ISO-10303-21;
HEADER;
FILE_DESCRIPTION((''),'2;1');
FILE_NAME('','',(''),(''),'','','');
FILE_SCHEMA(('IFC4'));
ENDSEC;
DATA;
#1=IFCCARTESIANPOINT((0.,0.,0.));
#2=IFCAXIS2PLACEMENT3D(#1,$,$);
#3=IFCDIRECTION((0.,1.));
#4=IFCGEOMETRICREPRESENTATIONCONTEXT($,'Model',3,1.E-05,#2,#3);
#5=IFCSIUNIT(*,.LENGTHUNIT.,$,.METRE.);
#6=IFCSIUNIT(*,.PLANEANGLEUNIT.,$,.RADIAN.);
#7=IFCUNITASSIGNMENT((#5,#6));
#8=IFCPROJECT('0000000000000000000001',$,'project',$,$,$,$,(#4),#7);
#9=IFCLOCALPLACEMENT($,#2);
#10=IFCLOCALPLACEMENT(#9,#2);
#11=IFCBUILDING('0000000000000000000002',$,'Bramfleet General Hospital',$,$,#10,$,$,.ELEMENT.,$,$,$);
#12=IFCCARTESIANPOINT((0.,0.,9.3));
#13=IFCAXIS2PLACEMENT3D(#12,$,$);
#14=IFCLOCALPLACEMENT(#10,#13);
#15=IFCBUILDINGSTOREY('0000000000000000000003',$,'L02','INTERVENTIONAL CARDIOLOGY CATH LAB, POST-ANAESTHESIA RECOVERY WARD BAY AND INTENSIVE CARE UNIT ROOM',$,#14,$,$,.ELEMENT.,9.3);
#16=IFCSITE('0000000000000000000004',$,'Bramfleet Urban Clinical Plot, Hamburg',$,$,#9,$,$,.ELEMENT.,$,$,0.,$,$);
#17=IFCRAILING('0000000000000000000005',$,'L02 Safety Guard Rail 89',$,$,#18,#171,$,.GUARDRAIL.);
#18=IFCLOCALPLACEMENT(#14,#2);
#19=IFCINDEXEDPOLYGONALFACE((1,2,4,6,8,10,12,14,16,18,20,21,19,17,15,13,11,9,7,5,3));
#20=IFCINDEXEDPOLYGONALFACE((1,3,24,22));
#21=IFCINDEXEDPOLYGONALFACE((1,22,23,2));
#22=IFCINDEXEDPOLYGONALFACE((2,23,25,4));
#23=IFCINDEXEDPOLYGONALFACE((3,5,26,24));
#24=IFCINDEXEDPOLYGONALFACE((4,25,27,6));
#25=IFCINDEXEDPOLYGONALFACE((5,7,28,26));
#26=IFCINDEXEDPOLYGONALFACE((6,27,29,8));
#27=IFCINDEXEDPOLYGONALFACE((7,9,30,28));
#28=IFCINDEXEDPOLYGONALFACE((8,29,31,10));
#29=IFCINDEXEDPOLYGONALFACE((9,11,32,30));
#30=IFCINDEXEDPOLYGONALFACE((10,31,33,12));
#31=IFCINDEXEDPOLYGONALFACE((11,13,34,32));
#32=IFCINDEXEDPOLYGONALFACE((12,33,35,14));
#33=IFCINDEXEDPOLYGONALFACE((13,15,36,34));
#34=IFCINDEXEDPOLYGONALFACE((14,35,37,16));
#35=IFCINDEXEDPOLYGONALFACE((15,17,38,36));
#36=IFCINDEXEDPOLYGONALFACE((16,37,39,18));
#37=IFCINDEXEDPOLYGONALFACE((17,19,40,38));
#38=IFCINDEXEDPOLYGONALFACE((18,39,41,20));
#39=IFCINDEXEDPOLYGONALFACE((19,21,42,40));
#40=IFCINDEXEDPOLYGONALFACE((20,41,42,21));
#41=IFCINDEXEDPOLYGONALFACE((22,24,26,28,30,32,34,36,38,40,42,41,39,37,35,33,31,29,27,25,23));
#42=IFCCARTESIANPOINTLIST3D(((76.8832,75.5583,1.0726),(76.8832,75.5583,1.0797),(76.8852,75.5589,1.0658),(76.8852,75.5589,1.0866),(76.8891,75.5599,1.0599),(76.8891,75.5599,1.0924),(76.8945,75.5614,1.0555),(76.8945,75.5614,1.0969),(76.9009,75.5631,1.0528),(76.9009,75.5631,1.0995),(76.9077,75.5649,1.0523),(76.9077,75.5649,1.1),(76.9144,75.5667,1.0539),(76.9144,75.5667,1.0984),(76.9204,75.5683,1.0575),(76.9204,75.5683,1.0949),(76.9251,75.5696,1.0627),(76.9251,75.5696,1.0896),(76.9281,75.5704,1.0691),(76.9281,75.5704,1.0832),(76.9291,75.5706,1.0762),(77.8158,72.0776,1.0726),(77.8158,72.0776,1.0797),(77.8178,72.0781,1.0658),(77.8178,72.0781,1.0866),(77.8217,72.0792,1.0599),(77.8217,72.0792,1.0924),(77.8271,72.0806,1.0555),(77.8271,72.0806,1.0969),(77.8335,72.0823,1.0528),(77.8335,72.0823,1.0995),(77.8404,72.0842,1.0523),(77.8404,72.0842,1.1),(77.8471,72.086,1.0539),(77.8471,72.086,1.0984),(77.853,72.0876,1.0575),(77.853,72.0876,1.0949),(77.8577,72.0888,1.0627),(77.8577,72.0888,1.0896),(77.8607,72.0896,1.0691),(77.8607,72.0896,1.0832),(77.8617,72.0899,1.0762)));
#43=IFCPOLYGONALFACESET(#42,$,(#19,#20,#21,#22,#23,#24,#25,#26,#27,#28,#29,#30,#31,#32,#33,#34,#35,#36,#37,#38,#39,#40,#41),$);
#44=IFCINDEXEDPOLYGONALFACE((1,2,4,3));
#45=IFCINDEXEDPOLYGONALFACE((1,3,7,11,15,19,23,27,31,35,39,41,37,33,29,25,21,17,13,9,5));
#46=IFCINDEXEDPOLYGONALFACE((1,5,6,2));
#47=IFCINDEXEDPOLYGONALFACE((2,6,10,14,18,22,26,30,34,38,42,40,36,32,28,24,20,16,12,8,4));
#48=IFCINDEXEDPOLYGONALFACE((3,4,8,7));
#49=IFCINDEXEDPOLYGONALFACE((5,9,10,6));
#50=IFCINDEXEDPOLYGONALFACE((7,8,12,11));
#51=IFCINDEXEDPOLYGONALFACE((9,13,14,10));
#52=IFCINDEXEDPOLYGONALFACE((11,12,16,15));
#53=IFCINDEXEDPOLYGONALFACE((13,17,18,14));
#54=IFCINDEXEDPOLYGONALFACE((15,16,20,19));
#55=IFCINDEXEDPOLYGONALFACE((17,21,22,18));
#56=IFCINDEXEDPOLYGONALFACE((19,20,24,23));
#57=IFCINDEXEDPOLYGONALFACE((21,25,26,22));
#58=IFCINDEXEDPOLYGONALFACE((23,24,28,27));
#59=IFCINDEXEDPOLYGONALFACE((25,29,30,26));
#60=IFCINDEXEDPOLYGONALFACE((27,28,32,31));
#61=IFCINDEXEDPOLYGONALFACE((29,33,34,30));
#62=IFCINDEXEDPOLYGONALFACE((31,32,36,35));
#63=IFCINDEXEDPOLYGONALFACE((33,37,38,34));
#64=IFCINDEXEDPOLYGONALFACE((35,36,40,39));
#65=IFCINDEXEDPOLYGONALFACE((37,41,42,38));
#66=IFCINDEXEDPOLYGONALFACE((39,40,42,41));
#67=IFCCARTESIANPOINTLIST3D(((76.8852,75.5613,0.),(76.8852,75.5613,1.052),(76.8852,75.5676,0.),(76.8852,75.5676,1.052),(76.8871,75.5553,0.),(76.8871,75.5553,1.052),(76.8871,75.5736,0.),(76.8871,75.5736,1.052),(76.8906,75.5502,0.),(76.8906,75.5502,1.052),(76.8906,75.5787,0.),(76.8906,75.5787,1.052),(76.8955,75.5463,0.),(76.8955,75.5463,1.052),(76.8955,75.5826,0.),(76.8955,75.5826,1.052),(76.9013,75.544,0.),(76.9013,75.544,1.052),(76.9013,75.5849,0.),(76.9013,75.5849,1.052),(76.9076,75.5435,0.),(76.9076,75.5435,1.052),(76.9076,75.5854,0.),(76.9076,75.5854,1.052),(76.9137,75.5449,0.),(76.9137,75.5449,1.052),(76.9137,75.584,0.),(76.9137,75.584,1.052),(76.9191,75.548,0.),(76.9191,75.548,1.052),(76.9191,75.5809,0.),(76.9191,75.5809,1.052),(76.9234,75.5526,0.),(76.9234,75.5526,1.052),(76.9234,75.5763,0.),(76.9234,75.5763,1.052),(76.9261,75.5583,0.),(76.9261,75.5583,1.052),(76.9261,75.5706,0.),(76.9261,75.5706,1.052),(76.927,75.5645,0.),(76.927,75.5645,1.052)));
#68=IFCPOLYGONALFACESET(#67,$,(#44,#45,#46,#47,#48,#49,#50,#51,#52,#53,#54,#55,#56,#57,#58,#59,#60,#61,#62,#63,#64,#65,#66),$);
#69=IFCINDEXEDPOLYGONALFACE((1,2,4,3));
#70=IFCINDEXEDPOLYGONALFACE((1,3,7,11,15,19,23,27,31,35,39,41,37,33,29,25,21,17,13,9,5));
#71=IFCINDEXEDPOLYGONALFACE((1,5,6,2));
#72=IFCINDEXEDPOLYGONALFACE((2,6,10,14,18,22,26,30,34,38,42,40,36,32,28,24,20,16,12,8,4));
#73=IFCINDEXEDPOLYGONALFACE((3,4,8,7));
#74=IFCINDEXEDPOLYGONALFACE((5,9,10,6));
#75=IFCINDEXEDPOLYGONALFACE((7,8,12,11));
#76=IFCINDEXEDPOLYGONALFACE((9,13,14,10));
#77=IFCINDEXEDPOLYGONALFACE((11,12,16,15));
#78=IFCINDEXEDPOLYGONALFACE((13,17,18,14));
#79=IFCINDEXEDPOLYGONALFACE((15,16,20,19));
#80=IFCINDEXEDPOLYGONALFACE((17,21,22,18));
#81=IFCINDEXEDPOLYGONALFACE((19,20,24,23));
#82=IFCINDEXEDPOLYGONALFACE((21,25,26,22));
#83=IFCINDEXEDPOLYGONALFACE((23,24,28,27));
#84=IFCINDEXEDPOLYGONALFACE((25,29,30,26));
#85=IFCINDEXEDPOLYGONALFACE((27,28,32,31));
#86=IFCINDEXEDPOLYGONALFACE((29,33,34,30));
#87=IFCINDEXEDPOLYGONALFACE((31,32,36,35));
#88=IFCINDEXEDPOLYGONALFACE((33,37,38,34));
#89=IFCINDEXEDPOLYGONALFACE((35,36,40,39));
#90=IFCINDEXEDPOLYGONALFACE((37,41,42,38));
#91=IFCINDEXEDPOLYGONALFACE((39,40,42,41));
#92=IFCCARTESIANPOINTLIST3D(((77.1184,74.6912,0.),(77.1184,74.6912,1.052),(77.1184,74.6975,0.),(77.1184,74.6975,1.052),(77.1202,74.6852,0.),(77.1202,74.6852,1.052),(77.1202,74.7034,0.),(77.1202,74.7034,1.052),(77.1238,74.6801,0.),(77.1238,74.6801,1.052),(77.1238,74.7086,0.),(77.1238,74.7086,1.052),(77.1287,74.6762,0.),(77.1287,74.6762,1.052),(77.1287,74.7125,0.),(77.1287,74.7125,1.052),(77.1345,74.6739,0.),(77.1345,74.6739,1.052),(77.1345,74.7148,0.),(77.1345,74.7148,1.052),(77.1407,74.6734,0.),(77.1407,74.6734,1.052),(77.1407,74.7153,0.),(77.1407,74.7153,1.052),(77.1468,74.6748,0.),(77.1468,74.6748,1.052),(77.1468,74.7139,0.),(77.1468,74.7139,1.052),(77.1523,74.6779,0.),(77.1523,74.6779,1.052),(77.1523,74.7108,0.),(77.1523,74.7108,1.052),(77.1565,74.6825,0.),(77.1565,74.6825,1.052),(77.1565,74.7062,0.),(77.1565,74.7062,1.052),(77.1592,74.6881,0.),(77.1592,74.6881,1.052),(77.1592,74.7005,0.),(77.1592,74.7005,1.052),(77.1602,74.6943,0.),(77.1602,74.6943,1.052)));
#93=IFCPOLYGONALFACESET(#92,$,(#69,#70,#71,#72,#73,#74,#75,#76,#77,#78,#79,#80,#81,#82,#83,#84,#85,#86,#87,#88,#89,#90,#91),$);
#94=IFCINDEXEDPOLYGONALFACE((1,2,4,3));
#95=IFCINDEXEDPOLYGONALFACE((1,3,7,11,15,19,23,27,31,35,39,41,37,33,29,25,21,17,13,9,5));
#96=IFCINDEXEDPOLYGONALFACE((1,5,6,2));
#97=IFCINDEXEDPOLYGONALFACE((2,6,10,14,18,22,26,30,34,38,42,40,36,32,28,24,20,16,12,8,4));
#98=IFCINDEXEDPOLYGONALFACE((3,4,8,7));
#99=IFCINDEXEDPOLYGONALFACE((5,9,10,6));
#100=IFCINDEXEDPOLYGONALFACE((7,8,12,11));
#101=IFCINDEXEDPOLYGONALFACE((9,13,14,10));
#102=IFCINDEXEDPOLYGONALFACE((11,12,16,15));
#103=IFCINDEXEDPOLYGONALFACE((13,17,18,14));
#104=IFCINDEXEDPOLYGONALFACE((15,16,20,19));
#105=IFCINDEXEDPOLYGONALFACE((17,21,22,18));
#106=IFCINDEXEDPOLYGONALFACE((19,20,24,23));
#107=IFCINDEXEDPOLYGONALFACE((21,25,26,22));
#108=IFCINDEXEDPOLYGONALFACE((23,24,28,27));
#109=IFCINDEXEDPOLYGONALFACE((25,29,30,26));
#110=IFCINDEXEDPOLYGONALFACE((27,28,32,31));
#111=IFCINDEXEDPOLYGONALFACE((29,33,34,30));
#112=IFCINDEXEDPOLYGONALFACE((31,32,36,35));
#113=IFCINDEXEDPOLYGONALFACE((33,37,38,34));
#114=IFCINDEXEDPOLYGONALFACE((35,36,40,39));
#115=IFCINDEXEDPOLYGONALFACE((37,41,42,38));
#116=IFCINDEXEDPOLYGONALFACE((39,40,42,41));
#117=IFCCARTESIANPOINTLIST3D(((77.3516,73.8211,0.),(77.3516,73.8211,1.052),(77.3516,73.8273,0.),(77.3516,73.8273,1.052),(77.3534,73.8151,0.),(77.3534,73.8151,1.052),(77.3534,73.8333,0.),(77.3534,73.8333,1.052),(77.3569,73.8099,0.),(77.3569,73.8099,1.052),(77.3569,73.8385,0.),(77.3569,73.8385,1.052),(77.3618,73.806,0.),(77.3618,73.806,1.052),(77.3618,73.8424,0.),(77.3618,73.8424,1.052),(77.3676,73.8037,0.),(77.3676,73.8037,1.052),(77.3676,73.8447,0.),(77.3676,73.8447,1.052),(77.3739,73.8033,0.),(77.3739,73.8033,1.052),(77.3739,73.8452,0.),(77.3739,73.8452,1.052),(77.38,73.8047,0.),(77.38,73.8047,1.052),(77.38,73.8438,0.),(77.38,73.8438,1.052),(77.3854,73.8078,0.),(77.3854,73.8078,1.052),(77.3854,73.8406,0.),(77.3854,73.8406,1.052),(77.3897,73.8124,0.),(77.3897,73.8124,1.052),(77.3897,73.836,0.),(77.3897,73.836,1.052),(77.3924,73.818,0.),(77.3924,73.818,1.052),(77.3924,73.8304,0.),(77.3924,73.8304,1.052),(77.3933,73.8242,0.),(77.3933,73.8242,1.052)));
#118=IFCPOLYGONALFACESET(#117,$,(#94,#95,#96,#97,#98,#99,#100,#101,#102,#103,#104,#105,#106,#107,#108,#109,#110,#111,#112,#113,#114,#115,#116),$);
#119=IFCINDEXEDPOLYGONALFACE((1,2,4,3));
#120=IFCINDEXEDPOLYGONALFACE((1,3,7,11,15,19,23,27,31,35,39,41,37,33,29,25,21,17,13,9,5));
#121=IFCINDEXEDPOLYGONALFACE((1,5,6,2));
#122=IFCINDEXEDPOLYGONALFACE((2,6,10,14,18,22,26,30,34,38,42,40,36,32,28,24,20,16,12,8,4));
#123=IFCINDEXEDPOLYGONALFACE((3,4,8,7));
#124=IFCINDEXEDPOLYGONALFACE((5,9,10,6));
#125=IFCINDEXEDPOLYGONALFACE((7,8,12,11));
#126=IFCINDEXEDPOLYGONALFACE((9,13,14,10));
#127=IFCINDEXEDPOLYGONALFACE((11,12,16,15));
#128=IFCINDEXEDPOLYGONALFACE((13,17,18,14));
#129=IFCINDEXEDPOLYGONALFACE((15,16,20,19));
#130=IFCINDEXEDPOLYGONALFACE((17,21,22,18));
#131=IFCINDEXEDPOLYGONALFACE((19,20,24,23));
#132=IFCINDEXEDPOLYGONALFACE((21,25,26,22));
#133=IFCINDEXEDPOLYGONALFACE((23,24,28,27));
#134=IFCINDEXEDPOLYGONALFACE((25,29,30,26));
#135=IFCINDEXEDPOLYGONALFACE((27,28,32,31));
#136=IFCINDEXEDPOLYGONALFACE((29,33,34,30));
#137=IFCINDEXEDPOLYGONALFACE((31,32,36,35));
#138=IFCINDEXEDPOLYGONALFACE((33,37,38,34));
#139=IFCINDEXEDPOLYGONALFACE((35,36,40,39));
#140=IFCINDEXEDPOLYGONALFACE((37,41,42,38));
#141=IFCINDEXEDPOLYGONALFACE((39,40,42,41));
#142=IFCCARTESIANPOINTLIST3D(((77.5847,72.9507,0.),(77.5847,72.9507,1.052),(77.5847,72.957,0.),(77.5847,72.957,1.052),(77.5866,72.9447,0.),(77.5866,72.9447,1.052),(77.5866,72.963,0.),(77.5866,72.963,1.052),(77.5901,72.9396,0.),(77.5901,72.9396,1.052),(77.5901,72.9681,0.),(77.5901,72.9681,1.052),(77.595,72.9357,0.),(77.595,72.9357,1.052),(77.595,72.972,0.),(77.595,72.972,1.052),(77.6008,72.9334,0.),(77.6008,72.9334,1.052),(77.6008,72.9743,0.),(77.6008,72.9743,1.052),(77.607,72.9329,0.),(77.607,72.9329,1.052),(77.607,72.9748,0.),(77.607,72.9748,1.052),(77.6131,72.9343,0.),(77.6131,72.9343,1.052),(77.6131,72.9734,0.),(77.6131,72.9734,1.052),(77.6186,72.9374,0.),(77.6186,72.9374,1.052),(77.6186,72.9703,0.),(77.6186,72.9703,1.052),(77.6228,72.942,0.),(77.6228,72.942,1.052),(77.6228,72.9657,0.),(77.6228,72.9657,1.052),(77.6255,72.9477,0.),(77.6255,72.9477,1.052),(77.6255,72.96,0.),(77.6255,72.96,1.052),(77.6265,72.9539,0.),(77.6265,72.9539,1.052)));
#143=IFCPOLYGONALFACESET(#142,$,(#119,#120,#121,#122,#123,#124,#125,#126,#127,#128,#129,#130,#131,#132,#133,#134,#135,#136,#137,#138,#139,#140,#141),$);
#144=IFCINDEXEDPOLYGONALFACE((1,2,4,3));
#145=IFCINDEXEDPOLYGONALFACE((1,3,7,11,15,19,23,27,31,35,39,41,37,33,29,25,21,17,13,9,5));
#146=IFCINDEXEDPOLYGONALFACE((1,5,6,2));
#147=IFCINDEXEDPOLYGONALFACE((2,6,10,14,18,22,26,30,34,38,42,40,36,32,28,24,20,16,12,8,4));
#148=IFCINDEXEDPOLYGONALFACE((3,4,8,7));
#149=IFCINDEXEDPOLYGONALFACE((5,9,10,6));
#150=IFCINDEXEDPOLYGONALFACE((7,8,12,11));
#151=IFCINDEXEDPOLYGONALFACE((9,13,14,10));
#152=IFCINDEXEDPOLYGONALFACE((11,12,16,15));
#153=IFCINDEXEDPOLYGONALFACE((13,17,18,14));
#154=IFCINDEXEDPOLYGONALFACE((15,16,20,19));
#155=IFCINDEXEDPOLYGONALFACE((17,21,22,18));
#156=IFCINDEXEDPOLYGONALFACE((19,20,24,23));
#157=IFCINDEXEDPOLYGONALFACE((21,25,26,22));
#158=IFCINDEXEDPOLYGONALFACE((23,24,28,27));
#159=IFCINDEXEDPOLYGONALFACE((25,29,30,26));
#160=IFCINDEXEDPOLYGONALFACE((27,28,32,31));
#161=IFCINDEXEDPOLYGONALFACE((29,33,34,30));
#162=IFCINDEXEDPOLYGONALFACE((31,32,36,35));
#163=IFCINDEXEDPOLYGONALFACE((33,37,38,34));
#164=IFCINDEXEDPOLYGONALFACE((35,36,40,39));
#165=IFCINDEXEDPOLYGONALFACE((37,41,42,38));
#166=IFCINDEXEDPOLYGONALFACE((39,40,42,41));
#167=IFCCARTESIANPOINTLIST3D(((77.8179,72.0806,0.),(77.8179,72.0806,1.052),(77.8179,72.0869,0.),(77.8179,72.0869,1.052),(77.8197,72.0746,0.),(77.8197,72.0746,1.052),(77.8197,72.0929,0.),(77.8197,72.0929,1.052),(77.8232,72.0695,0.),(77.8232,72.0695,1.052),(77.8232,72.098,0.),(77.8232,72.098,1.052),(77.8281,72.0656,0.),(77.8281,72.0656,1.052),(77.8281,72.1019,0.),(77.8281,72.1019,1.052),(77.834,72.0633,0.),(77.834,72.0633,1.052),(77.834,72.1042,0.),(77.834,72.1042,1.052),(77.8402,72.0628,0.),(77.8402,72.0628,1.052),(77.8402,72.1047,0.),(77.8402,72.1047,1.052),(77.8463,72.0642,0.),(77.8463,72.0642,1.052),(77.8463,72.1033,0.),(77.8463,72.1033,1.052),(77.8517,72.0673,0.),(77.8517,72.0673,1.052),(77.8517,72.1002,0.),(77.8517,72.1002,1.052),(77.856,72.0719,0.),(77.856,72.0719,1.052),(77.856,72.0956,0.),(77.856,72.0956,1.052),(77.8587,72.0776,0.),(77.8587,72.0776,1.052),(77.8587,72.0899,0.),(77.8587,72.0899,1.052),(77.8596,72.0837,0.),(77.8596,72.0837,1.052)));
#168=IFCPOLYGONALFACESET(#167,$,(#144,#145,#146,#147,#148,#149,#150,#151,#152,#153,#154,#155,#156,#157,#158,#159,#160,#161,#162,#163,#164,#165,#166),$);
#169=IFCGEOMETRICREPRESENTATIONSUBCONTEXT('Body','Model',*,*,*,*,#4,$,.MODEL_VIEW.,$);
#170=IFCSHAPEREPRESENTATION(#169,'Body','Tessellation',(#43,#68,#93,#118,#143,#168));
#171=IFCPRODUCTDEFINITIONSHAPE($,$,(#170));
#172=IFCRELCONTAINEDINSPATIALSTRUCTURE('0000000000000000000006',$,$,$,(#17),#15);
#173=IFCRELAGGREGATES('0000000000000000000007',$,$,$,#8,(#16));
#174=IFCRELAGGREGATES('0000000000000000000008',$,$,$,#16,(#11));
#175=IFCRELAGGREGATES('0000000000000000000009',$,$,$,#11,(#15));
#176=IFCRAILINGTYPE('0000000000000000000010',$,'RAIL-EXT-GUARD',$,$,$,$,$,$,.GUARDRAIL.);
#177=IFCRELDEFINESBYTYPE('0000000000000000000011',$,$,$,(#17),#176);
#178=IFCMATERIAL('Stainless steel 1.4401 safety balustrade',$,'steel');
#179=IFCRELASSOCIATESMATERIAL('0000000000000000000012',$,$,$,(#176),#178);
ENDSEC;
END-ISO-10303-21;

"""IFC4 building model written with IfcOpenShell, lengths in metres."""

from ifc_helpers import new_model, si_unit, direction, frame, origin, origin_2d, place, context, subcontext, project, spatial, circle, extrude, material, type_object, element, save


model = new_model("IFC4")

# Units and contexts
model_context = context("Model", 3, precision=1e-05, world=origin(), true_north=direction((0.0, 1.0)))
body_context = subcontext(model_context, "Body", "Model", "MODEL_VIEW")
ifc_project = project(units=[si_unit("LENGTHUNIT", "METRE"), si_unit("PLANEANGLEUNIT", "RADIAN")], contexts=[model_context])

# Site, building, storey
site_placement = place(None, origin())
site = spatial("IfcSite", under=ifc_project, at=site_placement, Name="Bramfleet Urban Clinical Plot, Hamburg", CompositionType="ELEMENT", RefElevation=0.0)
building_placement = place(site_placement, origin())
building = spatial("IfcBuilding", under=site, at=building_placement, Name="Bramfleet General Hospital", CompositionType="ELEMENT")
storey_placement = place(building_placement, frame((0.0, 0.0, 9.3)))
storey = spatial("IfcBuildingStorey", under=building, at=storey_placement, Name="L02", Description="INTERVENTIONAL CARDIOLOGY CATH LAB, POST-ANAESTHESIA RECOVERY WARD BAY AND INTENSIVE CARE UNIT ROOM", CompositionType="ELEMENT", Elevation=9.3)

# Railing
ifc_material_1 = material(Name="Stainless steel 1.4401 safety balustrade", Category="steel")
railing_type = type_object("IfcRailingType", Name="RAIL-EXT-GUARD", PredefinedType="GUARDRAIL", material=ifc_material_1)
railing_placement = place(storey_placement, frame((76.906, 75.5645, 0.0)))
element("IfcRailing", 1, at=railing_placement, inside=storey, type_object=railing_type, Name="L02 Safety Guard Rail 89", PredefinedType="GUARDRAIL", context=body_context, shape_type="SweptSolid", body=[
    extrude(circle(Radius=0.0239, at=origin_2d()), frame((0.0, 0.0, 1.0762), z_axis=(0.258809, -0.965928, 0.0), x_axis=(0.965928, 0.258809, 0.0)), (0.0, 0.0, 1.0), 3.6035),
    extrude(circle(Radius=0.021, at=origin_2d()), origin(), (0.0, 0.0, 1.0), 1.052),
    extrude(circle(Radius=0.021, at=origin_2d()), frame((0.2332, -0.8701, 0.0)), (0.0, 0.0, 1.0), 1.052),
    extrude(circle(Radius=0.021, at=origin_2d()), frame((0.4663, -1.7402, 0.0)), (0.0, 0.0, 1.0), 1.052),
    extrude(circle(Radius=0.021, at=origin_2d()), frame((0.6995, -2.6106, 0.0)), (0.0, 0.0, 1.0), 1.052),
    extrude(circle(Radius=0.021, at=origin_2d()), frame((0.9326, -3.4807, 0.0)), (0.0, 0.0, 1.0), 1.052),
])

save(model, "model.ifc")
